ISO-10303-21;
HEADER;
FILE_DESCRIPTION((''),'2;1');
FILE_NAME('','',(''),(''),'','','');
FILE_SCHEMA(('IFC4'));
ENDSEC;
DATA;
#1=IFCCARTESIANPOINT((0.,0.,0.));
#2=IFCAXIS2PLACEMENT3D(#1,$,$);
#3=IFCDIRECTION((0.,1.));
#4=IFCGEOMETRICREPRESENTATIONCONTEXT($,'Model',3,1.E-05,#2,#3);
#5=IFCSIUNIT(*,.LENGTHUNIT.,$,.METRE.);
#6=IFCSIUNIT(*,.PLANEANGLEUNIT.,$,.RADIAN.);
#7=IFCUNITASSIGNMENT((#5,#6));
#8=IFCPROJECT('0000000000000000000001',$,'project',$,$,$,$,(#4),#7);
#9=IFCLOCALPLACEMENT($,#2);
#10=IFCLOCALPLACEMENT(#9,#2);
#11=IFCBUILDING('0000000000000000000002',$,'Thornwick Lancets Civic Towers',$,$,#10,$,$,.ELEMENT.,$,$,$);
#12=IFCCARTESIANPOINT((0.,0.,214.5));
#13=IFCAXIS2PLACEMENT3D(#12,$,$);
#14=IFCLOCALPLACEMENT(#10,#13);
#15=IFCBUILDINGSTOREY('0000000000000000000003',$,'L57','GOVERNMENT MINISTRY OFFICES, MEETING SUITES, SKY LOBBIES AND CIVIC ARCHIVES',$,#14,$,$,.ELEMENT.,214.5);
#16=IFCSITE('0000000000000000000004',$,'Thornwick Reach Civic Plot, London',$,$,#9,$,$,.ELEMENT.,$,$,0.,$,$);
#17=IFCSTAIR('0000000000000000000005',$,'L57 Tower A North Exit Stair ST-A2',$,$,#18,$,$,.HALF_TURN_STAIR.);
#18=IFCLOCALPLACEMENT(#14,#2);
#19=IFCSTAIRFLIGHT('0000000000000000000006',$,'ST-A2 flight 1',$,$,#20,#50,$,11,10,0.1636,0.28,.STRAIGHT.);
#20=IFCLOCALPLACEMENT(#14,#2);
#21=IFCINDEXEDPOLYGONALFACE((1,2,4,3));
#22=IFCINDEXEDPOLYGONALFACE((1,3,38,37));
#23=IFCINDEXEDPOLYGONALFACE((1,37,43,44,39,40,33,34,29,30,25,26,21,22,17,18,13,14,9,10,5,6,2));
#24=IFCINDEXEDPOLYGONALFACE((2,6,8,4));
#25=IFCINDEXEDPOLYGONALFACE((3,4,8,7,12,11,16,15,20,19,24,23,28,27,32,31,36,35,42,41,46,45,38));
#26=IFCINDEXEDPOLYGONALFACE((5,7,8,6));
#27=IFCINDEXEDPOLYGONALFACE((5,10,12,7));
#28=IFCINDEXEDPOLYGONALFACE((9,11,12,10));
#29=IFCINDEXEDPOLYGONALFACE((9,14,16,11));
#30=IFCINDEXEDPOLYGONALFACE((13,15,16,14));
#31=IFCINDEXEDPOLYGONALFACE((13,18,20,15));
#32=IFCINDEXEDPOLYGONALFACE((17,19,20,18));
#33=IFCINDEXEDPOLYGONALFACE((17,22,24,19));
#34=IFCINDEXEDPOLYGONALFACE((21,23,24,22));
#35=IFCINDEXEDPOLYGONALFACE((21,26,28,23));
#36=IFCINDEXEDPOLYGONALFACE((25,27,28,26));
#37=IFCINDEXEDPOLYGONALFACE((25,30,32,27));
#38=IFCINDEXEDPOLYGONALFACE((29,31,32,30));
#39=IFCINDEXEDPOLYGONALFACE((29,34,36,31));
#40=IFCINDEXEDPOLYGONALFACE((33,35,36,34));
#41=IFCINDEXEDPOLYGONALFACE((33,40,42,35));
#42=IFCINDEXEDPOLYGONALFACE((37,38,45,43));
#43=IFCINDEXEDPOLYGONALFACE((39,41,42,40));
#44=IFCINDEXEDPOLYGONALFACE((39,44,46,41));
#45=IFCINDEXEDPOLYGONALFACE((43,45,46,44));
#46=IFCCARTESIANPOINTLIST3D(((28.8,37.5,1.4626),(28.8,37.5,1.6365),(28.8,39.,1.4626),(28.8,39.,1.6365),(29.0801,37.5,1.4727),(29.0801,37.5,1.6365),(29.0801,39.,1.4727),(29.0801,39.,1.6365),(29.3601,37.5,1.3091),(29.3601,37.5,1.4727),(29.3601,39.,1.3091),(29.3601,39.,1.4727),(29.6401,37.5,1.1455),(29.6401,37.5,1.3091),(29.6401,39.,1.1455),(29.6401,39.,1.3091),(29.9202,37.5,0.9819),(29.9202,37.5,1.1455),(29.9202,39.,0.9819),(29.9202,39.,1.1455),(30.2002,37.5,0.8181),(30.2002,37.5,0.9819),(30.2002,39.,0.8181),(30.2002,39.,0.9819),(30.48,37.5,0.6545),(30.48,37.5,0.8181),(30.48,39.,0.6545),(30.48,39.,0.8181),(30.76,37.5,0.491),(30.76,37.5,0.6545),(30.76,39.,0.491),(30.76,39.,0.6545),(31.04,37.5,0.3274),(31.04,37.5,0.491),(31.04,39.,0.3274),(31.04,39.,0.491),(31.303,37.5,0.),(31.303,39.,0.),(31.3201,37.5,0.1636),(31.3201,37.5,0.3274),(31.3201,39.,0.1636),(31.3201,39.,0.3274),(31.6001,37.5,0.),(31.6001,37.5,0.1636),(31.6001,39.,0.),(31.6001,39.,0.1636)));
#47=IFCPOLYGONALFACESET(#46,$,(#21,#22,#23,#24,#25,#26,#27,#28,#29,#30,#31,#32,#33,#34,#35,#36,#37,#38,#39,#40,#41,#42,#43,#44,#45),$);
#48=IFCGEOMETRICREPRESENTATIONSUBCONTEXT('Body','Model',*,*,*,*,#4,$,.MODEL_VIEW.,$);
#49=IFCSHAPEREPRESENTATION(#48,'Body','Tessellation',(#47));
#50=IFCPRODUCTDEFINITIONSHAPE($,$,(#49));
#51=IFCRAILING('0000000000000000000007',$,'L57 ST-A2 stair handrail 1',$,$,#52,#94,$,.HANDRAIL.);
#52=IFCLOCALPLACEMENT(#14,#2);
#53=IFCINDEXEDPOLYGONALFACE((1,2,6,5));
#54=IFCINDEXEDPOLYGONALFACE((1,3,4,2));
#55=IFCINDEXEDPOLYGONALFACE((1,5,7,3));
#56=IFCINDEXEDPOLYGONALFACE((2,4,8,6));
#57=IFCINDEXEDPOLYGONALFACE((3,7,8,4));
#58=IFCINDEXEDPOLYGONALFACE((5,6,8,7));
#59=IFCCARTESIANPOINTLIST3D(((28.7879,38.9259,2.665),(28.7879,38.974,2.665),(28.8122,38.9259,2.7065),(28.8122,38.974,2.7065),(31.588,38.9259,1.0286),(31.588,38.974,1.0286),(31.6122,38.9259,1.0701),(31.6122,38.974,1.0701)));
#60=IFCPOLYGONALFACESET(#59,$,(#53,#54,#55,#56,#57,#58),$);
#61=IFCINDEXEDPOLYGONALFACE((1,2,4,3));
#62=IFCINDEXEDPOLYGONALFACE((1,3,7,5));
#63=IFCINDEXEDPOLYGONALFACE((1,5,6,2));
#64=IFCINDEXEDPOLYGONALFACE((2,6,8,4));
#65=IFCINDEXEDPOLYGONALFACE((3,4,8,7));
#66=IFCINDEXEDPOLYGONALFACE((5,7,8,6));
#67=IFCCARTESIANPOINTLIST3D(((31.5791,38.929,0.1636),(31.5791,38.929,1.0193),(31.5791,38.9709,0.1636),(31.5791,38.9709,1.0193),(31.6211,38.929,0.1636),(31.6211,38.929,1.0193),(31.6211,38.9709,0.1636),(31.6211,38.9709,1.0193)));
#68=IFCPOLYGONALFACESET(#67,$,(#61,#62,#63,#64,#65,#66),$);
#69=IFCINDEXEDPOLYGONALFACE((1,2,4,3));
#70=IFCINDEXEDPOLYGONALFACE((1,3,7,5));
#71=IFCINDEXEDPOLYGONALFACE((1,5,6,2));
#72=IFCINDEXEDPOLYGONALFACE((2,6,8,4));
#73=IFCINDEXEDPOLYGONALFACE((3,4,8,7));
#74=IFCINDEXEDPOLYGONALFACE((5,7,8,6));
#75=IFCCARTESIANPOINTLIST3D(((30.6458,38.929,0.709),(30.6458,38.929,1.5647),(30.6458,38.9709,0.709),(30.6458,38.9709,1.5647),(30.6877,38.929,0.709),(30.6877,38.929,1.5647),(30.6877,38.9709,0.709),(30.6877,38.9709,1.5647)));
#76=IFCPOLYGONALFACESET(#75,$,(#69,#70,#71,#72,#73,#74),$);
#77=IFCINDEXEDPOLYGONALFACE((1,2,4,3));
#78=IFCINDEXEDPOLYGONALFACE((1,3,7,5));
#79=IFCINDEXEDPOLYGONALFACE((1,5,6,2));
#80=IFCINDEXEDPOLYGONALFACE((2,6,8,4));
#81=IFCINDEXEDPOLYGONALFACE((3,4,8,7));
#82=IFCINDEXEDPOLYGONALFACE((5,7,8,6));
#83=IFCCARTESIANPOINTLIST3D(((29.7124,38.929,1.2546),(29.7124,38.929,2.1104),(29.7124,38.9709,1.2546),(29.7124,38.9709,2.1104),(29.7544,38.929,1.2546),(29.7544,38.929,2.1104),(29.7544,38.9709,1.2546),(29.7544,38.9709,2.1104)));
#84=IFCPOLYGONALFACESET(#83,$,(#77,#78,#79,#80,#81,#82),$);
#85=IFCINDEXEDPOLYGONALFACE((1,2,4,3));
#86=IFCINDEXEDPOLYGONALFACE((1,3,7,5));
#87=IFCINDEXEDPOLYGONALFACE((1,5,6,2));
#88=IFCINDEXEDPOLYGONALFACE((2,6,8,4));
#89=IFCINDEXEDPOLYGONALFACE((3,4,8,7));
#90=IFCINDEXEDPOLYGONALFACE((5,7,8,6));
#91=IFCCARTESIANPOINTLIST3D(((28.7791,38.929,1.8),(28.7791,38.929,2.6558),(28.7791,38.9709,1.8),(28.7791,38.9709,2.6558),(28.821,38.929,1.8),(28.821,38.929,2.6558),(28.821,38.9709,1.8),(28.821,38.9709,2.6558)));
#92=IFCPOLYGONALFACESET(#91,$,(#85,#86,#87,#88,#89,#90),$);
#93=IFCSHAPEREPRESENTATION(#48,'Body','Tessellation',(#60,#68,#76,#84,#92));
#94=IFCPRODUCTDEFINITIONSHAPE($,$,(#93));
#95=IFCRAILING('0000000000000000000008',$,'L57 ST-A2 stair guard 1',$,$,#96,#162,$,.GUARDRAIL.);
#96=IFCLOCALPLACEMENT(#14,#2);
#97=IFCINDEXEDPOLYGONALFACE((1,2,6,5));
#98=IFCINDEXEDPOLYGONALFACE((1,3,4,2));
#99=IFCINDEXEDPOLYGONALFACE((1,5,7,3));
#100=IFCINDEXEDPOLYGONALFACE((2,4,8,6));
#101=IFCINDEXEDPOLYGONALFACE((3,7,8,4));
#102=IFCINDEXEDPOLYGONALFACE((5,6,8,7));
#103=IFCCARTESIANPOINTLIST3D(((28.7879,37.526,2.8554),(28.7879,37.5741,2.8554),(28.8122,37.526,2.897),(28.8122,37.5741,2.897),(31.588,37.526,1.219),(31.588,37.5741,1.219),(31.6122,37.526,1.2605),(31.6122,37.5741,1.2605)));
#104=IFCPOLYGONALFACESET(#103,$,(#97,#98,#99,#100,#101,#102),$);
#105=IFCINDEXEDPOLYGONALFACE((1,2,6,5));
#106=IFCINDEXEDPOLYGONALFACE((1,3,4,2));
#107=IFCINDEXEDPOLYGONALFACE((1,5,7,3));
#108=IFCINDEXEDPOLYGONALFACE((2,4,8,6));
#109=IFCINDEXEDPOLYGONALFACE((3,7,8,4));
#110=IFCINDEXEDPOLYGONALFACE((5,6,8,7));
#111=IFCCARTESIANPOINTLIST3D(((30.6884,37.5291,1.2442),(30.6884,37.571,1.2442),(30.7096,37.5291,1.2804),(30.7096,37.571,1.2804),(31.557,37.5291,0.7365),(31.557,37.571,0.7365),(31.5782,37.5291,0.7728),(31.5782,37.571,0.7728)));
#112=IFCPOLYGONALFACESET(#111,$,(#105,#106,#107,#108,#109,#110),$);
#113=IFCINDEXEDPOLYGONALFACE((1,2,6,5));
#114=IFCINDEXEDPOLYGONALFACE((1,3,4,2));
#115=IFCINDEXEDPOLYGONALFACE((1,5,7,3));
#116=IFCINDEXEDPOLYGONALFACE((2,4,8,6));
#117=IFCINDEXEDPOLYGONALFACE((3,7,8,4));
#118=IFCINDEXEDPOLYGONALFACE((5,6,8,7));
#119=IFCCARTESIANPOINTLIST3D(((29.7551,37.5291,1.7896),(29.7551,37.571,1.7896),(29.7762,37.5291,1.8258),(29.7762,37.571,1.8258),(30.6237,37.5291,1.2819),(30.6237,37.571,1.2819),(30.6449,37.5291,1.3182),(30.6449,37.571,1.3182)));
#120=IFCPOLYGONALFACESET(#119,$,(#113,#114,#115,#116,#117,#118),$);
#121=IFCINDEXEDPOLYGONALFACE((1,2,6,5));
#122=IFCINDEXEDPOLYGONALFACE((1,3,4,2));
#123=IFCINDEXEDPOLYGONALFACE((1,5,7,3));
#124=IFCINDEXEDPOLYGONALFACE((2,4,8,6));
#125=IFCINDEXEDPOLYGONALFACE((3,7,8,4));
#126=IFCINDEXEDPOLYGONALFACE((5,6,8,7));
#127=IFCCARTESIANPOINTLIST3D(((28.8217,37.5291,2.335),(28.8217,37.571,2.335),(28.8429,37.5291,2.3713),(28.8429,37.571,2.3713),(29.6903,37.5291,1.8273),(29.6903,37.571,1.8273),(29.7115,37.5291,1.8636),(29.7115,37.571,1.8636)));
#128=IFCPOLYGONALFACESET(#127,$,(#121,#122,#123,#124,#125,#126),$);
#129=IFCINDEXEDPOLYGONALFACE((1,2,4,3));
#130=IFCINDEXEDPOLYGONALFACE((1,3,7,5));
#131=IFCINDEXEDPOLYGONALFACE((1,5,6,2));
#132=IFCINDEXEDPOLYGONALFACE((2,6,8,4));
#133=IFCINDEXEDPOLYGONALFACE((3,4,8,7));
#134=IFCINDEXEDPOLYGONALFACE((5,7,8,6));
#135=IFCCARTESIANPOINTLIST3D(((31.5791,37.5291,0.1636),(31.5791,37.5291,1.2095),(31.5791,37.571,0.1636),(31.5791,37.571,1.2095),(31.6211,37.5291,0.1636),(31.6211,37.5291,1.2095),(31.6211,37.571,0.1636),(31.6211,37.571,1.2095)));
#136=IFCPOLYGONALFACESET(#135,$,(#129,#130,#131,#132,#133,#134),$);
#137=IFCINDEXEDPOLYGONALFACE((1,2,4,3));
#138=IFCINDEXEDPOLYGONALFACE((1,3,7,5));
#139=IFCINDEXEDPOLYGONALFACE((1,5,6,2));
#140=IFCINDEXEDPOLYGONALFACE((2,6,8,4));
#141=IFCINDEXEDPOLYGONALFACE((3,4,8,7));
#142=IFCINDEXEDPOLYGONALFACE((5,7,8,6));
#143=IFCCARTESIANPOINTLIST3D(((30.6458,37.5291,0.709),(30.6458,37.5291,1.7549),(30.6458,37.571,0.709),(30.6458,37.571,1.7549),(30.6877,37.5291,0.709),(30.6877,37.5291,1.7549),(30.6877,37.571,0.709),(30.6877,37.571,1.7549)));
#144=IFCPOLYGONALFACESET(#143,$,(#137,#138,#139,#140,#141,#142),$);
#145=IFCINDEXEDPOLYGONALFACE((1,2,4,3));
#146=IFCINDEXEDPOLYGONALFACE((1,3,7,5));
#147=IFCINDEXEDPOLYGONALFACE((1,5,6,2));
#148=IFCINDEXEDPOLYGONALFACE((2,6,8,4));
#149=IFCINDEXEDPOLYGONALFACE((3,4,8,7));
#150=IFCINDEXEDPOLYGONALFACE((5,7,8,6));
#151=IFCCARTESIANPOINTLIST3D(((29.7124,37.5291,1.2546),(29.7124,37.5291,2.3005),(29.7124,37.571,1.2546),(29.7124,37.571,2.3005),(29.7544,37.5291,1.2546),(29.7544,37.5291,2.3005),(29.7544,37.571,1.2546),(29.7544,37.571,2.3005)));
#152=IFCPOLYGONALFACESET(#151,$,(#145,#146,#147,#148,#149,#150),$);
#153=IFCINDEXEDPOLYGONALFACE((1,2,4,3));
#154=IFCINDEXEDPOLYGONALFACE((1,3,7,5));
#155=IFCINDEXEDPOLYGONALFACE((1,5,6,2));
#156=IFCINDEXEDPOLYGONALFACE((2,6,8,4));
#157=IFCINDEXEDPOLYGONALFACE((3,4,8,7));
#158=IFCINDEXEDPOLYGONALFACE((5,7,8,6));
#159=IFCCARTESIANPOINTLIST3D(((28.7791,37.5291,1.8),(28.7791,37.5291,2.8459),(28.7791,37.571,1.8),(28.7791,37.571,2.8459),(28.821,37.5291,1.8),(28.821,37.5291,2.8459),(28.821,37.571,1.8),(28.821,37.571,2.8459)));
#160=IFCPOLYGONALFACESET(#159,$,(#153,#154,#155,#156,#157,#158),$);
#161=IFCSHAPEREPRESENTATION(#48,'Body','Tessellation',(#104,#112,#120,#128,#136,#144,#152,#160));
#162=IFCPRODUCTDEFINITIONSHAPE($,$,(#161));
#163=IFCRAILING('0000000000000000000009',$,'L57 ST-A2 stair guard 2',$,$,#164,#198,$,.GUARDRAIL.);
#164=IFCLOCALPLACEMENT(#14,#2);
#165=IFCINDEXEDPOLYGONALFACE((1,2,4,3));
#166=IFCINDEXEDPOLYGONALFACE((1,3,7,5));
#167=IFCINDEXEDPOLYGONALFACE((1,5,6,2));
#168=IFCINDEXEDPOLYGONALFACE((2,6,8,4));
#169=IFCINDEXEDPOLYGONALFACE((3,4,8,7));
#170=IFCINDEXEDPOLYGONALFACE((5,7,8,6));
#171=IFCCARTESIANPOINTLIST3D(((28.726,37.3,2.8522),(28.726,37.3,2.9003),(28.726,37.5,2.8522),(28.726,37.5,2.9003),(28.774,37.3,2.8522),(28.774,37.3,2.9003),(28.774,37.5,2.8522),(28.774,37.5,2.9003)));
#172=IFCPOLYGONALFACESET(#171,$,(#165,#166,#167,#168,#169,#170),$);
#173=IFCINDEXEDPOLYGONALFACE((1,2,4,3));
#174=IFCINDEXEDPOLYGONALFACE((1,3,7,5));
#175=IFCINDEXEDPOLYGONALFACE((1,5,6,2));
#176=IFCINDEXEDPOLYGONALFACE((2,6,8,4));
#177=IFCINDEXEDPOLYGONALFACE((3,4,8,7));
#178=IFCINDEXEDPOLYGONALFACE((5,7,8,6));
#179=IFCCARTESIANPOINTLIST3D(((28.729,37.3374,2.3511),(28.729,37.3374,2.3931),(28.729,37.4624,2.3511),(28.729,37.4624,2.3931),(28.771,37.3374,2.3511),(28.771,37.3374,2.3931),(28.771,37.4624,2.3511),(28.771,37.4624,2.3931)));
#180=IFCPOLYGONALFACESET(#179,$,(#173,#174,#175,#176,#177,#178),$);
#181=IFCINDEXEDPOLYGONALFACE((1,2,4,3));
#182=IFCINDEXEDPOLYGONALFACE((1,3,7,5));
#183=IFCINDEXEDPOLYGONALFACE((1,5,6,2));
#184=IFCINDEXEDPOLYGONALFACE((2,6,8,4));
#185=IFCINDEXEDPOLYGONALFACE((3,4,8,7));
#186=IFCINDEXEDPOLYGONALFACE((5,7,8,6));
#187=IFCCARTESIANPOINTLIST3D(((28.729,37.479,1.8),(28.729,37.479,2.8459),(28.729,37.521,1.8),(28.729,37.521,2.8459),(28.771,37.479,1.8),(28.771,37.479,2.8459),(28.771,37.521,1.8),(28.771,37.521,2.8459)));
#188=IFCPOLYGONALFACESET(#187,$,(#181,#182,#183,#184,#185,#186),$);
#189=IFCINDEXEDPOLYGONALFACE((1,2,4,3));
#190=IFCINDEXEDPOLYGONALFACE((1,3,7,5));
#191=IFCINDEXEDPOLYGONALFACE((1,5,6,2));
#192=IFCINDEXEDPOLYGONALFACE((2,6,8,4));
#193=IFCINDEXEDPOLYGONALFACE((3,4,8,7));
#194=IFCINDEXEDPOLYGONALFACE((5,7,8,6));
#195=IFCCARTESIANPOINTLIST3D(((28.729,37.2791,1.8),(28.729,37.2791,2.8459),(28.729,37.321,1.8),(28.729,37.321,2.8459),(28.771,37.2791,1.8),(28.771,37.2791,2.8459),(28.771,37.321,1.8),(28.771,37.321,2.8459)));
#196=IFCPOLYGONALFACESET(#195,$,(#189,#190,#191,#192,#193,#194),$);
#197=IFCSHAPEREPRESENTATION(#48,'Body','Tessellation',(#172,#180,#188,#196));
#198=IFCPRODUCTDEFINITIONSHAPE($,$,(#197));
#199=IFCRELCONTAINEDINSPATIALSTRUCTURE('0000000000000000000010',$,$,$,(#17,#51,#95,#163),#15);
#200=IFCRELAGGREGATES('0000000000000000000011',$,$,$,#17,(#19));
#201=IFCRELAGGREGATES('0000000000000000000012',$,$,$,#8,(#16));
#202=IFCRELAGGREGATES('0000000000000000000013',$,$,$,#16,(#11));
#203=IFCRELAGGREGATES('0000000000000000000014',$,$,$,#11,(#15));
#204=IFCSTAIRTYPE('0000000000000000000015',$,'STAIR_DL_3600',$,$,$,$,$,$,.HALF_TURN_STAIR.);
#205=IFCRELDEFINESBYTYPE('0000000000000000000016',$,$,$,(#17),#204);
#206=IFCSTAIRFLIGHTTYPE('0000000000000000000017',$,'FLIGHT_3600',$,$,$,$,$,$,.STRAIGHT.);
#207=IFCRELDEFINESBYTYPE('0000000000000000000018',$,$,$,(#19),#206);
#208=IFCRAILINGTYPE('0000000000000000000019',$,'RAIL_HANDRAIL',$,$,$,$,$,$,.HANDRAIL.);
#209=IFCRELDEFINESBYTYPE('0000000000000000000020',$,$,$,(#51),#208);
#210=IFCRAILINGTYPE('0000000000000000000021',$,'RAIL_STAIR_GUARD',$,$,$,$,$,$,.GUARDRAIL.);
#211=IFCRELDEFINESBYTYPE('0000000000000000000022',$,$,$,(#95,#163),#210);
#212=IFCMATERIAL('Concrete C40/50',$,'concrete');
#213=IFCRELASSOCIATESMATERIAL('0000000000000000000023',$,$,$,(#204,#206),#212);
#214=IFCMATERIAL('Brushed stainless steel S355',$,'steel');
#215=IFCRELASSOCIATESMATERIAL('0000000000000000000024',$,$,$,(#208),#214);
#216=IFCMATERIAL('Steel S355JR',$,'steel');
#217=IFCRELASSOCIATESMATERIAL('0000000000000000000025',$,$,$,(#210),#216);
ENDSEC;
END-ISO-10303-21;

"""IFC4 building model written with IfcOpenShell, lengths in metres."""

from ifc_helpers import new_model, si_unit, direction, frame, origin, origin_2d, place, context, subcontext, project, spatial, polyline, rectangle, outline, extrude, material, type_object, element, aggregate, save


model = new_model("IFC4")

# Units and contexts
model_context = context("Model", 3, precision=1e-05, world=origin(), true_north=direction((0.0, 1.0)))
body_context = subcontext(model_context, "Body", "Model", "MODEL_VIEW")
ifc_project = project(units=[si_unit("LENGTHUNIT", "METRE"), si_unit("PLANEANGLEUNIT", "RADIAN")], contexts=[model_context])

# Site, building, storey
site_placement = place(None, origin())
site = spatial("IfcSite", under=ifc_project, at=site_placement, Name="Thornwick Reach Civic Plot, London", CompositionType="ELEMENT", RefElevation=0.0)
building_placement = place(site_placement, origin())
building = spatial("IfcBuilding", under=site, at=building_placement, Name="Thornwick Lancets Civic Towers", CompositionType="ELEMENT")
storey_placement = place(building_placement, frame((0.0, 0.0, 214.5)))
storey = spatial("IfcBuildingStorey", under=building, at=storey_placement, Name="L57", Description="GOVERNMENT MINISTRY OFFICES, MEETING SUITES, SKY LOBBIES AND CIVIC ARCHIVES", CompositionType="ELEMENT", Elevation=214.5)

# Shared definitions
ifc_material_1 = material(Name="Steel S355JR", Category="steel")

# Shared definitions
ifc_material_2 = material(Name="Concrete C40/50", Category="concrete")

# Stair, stair flight
stair_type = type_object("IfcStairType", Name="STAIR_DL_3600", PredefinedType="HALF_TURN_STAIR", material=ifc_material_2)
stair_placement = place(storey_placement, origin())
stair = element("IfcStair", 1, at=stair_placement, inside=storey, type_object=stair_type, Name="L57 Tower A North Exit Stair ST-A2", PredefinedType="HALF_TURN_STAIR")
stair_flight_type = type_object("IfcStairFlightType", Name="FLIGHT_3600", PredefinedType="STRAIGHT", material=ifc_material_2)
stair_flight_placement = place(storey_placement, frame((31.6001, 38.25, 0.0), z_axis=(0.0, 0.0, 1.0), x_axis=(-1.0, 0.0, 0.0)))
stair_flight = element("IfcStairFlight", 2, at=stair_flight_placement, type_object=stair_flight_type, Name="ST-A2 flight 1", NumberOfRisers=11, NumberOfTreads=10, PredefinedType="STRAIGHT", RiserHeight=0.1636, TreadLength=0.28, context=body_context, shape_type="SweptSolid", body=[
    extrude(outline(polyline([(0.0, 0.0), (0.0, 0.1636), (0.28, 0.1636), (0.28, 0.3274), (0.5601, 0.3274), (0.5601, 0.491), (0.8401, 0.491), (0.8401, 0.6545), (1.1201, 0.6545), (1.1201, 0.8181), (1.3999, 0.8181), (1.3999, 0.9819), (1.6799, 0.9819), (1.6799, 1.1455), (1.96, 1.1455), (1.96, 1.3091), (2.24, 1.3091), (2.24, 1.4727), (2.52, 1.4727), (2.52, 1.6365), (2.8, 1.6365), (2.8, 1.8), (2.8, 1.4626), (0.2971, 0.0), (0.0, 0.0)])), frame((0.0, 0.75, 0.0), z_axis=(0.0, -1.0, 0.0), x_axis=(1.0, 0.0, 0.0)), (0.0, 0.0, 1.0), 1.5),
])
aggregate(stair, [stair_flight])

# Railings
ifc_material_3 = material(Name="Brushed stainless steel S355", Category="steel")
railing_type_1 = type_object("IfcRailingType", Name="RAIL_HANDRAIL", PredefinedType="HANDRAIL", material=ifc_material_3)
railing_1_placement = place(storey_placement, frame((31.6001, 38.95, 0.1636)))
element("IfcRailing", 3, at=railing_1_placement, inside=storey, type_object=railing_type_1, Name="L57 ST-A2 stair handrail 1", PredefinedType="HANDRAIL", context=body_context, shape_type="SweptSolid", body=[
    extrude(rectangle(XDim=0.0481, YDim=0.0481, at=origin_2d()), frame((0.0, 0.0, 0.8857), z_axis=(-0.863361, 0.0, 0.504587), x_axis=(0.0, -1.0, 0.0)), (0.0, 0.0, 1.0), 3.2432),
    extrude(rectangle(XDim=0.042, YDim=0.042, at=origin_2d()), origin(), (0.0, 0.0, 1.0), 0.8557),
    extrude(rectangle(XDim=0.042, YDim=0.042, at=origin_2d()), frame((-0.9333, 0.0, 0.5454)), (0.0, 0.0, 1.0), 0.8557),
    extrude(rectangle(XDim=0.042, YDim=0.042, at=origin_2d()), frame((-1.8667, 0.0, 1.0911)), (0.0, 0.0, 1.0), 0.8557),
    extrude(rectangle(XDim=0.042, YDim=0.042, at=origin_2d()), frame((-2.8, 0.0, 1.6365)), (0.0, 0.0, 1.0), 0.8557),
])
railing_type_2 = type_object("IfcRailingType", Name="RAIL_STAIR_GUARD", PredefinedType="GUARDRAIL", material=ifc_material_1)
railing_2_placement = place(storey_placement, frame((31.6001, 37.55, 0.1636)))
element("IfcRailing", 4, at=railing_2_placement, inside=storey, type_object=railing_type_2, Name="L57 ST-A2 stair guard 1", PredefinedType="GUARDRAIL", context=body_context, shape_type="SweptSolid", body=[
    extrude(rectangle(XDim=0.0481, YDim=0.0481, at=origin_2d()), frame((0.0, 0.0, 1.0762), z_axis=(-0.863361, 0.0, 0.504587), x_axis=(0.0, -1.0, 0.0)), (0.0, 0.0, 1.0), 3.2432),
    extrude(rectangle(XDim=0.042, YDim=0.042, at=origin_2d()), frame((-0.0325, 0.0, 0.5911), z_axis=(-0.863361, 0.0, 0.504587), x_axis=(0.0, -1.0, 0.0)), (0.0, 0.0, 1.0), 1.0061),
    extrude(rectangle(XDim=0.042, YDim=0.042, at=origin_2d()), frame((-0.9658, 0.0, 1.1365), z_axis=(-0.863361, 0.0, 0.504587), x_axis=(0.0, -1.0, 0.0)), (0.0, 0.0, 1.0), 1.0061),
    extrude(rectangle(XDim=0.042, YDim=0.042, at=origin_2d()), frame((-1.8992, 0.0, 1.6819), z_axis=(-0.863361, 0.0, 0.504587), x_axis=(0.0, -1.0, 0.0)), (0.0, 0.0, 1.0), 1.0061),
    extrude(rectangle(XDim=0.042, YDim=0.042, at=origin_2d()), origin(), (0.0, 0.0, 1.0), 1.0459),
    extrude(rectangle(XDim=0.042, YDim=0.042, at=origin_2d()), frame((-0.9333, 0.0, 0.5454)), (0.0, 0.0, 1.0), 1.0459),
    extrude(rectangle(XDim=0.042, YDim=0.042, at=origin_2d()), frame((-1.8667, 0.0, 1.0911)), (0.0, 0.0, 1.0), 1.0459),
    extrude(rectangle(XDim=0.042, YDim=0.042, at=origin_2d()), frame((-2.8, 0.0, 1.6365)), (0.0, 0.0, 1.0), 1.0459),
])
railing_3_placement = place(storey_placement, frame((28.75, 37.5, 1.8)))
element("IfcRailing", 5, at=railing_3_placement, inside=storey, type_object=railing_type_2, Name="L57 ST-A2 stair guard 2", PredefinedType="GUARDRAIL", context=body_context, shape_type="SweptSolid", body=[
    extrude(rectangle(XDim=0.0481, YDim=0.0481, at=origin_2d()), frame((0.0, 0.0, 1.0762), z_axis=(0.0, -1.0, 0.0), x_axis=(1.0, 0.0, 0.0)), (0.0, 0.0, 1.0), 0.2),
    extrude(rectangle(XDim=0.042, YDim=0.042, at=origin_2d()), frame((0.0, -0.0376, 0.572), z_axis=(0.0, -1.0, 0.0), x_axis=(1.0, 0.0, 0.0)), (0.0, 0.0, 1.0), 0.125),
    extrude(rectangle(XDim=0.042, YDim=0.042, at=origin_2d()), origin(), (0.0, 0.0, 1.0), 1.0459),
    extrude(rectangle(XDim=0.042, YDim=0.042, at=origin_2d()), frame((0.0, -0.2, 0.0)), (0.0, 0.0, 1.0), 1.0459),
])

save(model, "model.ifc")
